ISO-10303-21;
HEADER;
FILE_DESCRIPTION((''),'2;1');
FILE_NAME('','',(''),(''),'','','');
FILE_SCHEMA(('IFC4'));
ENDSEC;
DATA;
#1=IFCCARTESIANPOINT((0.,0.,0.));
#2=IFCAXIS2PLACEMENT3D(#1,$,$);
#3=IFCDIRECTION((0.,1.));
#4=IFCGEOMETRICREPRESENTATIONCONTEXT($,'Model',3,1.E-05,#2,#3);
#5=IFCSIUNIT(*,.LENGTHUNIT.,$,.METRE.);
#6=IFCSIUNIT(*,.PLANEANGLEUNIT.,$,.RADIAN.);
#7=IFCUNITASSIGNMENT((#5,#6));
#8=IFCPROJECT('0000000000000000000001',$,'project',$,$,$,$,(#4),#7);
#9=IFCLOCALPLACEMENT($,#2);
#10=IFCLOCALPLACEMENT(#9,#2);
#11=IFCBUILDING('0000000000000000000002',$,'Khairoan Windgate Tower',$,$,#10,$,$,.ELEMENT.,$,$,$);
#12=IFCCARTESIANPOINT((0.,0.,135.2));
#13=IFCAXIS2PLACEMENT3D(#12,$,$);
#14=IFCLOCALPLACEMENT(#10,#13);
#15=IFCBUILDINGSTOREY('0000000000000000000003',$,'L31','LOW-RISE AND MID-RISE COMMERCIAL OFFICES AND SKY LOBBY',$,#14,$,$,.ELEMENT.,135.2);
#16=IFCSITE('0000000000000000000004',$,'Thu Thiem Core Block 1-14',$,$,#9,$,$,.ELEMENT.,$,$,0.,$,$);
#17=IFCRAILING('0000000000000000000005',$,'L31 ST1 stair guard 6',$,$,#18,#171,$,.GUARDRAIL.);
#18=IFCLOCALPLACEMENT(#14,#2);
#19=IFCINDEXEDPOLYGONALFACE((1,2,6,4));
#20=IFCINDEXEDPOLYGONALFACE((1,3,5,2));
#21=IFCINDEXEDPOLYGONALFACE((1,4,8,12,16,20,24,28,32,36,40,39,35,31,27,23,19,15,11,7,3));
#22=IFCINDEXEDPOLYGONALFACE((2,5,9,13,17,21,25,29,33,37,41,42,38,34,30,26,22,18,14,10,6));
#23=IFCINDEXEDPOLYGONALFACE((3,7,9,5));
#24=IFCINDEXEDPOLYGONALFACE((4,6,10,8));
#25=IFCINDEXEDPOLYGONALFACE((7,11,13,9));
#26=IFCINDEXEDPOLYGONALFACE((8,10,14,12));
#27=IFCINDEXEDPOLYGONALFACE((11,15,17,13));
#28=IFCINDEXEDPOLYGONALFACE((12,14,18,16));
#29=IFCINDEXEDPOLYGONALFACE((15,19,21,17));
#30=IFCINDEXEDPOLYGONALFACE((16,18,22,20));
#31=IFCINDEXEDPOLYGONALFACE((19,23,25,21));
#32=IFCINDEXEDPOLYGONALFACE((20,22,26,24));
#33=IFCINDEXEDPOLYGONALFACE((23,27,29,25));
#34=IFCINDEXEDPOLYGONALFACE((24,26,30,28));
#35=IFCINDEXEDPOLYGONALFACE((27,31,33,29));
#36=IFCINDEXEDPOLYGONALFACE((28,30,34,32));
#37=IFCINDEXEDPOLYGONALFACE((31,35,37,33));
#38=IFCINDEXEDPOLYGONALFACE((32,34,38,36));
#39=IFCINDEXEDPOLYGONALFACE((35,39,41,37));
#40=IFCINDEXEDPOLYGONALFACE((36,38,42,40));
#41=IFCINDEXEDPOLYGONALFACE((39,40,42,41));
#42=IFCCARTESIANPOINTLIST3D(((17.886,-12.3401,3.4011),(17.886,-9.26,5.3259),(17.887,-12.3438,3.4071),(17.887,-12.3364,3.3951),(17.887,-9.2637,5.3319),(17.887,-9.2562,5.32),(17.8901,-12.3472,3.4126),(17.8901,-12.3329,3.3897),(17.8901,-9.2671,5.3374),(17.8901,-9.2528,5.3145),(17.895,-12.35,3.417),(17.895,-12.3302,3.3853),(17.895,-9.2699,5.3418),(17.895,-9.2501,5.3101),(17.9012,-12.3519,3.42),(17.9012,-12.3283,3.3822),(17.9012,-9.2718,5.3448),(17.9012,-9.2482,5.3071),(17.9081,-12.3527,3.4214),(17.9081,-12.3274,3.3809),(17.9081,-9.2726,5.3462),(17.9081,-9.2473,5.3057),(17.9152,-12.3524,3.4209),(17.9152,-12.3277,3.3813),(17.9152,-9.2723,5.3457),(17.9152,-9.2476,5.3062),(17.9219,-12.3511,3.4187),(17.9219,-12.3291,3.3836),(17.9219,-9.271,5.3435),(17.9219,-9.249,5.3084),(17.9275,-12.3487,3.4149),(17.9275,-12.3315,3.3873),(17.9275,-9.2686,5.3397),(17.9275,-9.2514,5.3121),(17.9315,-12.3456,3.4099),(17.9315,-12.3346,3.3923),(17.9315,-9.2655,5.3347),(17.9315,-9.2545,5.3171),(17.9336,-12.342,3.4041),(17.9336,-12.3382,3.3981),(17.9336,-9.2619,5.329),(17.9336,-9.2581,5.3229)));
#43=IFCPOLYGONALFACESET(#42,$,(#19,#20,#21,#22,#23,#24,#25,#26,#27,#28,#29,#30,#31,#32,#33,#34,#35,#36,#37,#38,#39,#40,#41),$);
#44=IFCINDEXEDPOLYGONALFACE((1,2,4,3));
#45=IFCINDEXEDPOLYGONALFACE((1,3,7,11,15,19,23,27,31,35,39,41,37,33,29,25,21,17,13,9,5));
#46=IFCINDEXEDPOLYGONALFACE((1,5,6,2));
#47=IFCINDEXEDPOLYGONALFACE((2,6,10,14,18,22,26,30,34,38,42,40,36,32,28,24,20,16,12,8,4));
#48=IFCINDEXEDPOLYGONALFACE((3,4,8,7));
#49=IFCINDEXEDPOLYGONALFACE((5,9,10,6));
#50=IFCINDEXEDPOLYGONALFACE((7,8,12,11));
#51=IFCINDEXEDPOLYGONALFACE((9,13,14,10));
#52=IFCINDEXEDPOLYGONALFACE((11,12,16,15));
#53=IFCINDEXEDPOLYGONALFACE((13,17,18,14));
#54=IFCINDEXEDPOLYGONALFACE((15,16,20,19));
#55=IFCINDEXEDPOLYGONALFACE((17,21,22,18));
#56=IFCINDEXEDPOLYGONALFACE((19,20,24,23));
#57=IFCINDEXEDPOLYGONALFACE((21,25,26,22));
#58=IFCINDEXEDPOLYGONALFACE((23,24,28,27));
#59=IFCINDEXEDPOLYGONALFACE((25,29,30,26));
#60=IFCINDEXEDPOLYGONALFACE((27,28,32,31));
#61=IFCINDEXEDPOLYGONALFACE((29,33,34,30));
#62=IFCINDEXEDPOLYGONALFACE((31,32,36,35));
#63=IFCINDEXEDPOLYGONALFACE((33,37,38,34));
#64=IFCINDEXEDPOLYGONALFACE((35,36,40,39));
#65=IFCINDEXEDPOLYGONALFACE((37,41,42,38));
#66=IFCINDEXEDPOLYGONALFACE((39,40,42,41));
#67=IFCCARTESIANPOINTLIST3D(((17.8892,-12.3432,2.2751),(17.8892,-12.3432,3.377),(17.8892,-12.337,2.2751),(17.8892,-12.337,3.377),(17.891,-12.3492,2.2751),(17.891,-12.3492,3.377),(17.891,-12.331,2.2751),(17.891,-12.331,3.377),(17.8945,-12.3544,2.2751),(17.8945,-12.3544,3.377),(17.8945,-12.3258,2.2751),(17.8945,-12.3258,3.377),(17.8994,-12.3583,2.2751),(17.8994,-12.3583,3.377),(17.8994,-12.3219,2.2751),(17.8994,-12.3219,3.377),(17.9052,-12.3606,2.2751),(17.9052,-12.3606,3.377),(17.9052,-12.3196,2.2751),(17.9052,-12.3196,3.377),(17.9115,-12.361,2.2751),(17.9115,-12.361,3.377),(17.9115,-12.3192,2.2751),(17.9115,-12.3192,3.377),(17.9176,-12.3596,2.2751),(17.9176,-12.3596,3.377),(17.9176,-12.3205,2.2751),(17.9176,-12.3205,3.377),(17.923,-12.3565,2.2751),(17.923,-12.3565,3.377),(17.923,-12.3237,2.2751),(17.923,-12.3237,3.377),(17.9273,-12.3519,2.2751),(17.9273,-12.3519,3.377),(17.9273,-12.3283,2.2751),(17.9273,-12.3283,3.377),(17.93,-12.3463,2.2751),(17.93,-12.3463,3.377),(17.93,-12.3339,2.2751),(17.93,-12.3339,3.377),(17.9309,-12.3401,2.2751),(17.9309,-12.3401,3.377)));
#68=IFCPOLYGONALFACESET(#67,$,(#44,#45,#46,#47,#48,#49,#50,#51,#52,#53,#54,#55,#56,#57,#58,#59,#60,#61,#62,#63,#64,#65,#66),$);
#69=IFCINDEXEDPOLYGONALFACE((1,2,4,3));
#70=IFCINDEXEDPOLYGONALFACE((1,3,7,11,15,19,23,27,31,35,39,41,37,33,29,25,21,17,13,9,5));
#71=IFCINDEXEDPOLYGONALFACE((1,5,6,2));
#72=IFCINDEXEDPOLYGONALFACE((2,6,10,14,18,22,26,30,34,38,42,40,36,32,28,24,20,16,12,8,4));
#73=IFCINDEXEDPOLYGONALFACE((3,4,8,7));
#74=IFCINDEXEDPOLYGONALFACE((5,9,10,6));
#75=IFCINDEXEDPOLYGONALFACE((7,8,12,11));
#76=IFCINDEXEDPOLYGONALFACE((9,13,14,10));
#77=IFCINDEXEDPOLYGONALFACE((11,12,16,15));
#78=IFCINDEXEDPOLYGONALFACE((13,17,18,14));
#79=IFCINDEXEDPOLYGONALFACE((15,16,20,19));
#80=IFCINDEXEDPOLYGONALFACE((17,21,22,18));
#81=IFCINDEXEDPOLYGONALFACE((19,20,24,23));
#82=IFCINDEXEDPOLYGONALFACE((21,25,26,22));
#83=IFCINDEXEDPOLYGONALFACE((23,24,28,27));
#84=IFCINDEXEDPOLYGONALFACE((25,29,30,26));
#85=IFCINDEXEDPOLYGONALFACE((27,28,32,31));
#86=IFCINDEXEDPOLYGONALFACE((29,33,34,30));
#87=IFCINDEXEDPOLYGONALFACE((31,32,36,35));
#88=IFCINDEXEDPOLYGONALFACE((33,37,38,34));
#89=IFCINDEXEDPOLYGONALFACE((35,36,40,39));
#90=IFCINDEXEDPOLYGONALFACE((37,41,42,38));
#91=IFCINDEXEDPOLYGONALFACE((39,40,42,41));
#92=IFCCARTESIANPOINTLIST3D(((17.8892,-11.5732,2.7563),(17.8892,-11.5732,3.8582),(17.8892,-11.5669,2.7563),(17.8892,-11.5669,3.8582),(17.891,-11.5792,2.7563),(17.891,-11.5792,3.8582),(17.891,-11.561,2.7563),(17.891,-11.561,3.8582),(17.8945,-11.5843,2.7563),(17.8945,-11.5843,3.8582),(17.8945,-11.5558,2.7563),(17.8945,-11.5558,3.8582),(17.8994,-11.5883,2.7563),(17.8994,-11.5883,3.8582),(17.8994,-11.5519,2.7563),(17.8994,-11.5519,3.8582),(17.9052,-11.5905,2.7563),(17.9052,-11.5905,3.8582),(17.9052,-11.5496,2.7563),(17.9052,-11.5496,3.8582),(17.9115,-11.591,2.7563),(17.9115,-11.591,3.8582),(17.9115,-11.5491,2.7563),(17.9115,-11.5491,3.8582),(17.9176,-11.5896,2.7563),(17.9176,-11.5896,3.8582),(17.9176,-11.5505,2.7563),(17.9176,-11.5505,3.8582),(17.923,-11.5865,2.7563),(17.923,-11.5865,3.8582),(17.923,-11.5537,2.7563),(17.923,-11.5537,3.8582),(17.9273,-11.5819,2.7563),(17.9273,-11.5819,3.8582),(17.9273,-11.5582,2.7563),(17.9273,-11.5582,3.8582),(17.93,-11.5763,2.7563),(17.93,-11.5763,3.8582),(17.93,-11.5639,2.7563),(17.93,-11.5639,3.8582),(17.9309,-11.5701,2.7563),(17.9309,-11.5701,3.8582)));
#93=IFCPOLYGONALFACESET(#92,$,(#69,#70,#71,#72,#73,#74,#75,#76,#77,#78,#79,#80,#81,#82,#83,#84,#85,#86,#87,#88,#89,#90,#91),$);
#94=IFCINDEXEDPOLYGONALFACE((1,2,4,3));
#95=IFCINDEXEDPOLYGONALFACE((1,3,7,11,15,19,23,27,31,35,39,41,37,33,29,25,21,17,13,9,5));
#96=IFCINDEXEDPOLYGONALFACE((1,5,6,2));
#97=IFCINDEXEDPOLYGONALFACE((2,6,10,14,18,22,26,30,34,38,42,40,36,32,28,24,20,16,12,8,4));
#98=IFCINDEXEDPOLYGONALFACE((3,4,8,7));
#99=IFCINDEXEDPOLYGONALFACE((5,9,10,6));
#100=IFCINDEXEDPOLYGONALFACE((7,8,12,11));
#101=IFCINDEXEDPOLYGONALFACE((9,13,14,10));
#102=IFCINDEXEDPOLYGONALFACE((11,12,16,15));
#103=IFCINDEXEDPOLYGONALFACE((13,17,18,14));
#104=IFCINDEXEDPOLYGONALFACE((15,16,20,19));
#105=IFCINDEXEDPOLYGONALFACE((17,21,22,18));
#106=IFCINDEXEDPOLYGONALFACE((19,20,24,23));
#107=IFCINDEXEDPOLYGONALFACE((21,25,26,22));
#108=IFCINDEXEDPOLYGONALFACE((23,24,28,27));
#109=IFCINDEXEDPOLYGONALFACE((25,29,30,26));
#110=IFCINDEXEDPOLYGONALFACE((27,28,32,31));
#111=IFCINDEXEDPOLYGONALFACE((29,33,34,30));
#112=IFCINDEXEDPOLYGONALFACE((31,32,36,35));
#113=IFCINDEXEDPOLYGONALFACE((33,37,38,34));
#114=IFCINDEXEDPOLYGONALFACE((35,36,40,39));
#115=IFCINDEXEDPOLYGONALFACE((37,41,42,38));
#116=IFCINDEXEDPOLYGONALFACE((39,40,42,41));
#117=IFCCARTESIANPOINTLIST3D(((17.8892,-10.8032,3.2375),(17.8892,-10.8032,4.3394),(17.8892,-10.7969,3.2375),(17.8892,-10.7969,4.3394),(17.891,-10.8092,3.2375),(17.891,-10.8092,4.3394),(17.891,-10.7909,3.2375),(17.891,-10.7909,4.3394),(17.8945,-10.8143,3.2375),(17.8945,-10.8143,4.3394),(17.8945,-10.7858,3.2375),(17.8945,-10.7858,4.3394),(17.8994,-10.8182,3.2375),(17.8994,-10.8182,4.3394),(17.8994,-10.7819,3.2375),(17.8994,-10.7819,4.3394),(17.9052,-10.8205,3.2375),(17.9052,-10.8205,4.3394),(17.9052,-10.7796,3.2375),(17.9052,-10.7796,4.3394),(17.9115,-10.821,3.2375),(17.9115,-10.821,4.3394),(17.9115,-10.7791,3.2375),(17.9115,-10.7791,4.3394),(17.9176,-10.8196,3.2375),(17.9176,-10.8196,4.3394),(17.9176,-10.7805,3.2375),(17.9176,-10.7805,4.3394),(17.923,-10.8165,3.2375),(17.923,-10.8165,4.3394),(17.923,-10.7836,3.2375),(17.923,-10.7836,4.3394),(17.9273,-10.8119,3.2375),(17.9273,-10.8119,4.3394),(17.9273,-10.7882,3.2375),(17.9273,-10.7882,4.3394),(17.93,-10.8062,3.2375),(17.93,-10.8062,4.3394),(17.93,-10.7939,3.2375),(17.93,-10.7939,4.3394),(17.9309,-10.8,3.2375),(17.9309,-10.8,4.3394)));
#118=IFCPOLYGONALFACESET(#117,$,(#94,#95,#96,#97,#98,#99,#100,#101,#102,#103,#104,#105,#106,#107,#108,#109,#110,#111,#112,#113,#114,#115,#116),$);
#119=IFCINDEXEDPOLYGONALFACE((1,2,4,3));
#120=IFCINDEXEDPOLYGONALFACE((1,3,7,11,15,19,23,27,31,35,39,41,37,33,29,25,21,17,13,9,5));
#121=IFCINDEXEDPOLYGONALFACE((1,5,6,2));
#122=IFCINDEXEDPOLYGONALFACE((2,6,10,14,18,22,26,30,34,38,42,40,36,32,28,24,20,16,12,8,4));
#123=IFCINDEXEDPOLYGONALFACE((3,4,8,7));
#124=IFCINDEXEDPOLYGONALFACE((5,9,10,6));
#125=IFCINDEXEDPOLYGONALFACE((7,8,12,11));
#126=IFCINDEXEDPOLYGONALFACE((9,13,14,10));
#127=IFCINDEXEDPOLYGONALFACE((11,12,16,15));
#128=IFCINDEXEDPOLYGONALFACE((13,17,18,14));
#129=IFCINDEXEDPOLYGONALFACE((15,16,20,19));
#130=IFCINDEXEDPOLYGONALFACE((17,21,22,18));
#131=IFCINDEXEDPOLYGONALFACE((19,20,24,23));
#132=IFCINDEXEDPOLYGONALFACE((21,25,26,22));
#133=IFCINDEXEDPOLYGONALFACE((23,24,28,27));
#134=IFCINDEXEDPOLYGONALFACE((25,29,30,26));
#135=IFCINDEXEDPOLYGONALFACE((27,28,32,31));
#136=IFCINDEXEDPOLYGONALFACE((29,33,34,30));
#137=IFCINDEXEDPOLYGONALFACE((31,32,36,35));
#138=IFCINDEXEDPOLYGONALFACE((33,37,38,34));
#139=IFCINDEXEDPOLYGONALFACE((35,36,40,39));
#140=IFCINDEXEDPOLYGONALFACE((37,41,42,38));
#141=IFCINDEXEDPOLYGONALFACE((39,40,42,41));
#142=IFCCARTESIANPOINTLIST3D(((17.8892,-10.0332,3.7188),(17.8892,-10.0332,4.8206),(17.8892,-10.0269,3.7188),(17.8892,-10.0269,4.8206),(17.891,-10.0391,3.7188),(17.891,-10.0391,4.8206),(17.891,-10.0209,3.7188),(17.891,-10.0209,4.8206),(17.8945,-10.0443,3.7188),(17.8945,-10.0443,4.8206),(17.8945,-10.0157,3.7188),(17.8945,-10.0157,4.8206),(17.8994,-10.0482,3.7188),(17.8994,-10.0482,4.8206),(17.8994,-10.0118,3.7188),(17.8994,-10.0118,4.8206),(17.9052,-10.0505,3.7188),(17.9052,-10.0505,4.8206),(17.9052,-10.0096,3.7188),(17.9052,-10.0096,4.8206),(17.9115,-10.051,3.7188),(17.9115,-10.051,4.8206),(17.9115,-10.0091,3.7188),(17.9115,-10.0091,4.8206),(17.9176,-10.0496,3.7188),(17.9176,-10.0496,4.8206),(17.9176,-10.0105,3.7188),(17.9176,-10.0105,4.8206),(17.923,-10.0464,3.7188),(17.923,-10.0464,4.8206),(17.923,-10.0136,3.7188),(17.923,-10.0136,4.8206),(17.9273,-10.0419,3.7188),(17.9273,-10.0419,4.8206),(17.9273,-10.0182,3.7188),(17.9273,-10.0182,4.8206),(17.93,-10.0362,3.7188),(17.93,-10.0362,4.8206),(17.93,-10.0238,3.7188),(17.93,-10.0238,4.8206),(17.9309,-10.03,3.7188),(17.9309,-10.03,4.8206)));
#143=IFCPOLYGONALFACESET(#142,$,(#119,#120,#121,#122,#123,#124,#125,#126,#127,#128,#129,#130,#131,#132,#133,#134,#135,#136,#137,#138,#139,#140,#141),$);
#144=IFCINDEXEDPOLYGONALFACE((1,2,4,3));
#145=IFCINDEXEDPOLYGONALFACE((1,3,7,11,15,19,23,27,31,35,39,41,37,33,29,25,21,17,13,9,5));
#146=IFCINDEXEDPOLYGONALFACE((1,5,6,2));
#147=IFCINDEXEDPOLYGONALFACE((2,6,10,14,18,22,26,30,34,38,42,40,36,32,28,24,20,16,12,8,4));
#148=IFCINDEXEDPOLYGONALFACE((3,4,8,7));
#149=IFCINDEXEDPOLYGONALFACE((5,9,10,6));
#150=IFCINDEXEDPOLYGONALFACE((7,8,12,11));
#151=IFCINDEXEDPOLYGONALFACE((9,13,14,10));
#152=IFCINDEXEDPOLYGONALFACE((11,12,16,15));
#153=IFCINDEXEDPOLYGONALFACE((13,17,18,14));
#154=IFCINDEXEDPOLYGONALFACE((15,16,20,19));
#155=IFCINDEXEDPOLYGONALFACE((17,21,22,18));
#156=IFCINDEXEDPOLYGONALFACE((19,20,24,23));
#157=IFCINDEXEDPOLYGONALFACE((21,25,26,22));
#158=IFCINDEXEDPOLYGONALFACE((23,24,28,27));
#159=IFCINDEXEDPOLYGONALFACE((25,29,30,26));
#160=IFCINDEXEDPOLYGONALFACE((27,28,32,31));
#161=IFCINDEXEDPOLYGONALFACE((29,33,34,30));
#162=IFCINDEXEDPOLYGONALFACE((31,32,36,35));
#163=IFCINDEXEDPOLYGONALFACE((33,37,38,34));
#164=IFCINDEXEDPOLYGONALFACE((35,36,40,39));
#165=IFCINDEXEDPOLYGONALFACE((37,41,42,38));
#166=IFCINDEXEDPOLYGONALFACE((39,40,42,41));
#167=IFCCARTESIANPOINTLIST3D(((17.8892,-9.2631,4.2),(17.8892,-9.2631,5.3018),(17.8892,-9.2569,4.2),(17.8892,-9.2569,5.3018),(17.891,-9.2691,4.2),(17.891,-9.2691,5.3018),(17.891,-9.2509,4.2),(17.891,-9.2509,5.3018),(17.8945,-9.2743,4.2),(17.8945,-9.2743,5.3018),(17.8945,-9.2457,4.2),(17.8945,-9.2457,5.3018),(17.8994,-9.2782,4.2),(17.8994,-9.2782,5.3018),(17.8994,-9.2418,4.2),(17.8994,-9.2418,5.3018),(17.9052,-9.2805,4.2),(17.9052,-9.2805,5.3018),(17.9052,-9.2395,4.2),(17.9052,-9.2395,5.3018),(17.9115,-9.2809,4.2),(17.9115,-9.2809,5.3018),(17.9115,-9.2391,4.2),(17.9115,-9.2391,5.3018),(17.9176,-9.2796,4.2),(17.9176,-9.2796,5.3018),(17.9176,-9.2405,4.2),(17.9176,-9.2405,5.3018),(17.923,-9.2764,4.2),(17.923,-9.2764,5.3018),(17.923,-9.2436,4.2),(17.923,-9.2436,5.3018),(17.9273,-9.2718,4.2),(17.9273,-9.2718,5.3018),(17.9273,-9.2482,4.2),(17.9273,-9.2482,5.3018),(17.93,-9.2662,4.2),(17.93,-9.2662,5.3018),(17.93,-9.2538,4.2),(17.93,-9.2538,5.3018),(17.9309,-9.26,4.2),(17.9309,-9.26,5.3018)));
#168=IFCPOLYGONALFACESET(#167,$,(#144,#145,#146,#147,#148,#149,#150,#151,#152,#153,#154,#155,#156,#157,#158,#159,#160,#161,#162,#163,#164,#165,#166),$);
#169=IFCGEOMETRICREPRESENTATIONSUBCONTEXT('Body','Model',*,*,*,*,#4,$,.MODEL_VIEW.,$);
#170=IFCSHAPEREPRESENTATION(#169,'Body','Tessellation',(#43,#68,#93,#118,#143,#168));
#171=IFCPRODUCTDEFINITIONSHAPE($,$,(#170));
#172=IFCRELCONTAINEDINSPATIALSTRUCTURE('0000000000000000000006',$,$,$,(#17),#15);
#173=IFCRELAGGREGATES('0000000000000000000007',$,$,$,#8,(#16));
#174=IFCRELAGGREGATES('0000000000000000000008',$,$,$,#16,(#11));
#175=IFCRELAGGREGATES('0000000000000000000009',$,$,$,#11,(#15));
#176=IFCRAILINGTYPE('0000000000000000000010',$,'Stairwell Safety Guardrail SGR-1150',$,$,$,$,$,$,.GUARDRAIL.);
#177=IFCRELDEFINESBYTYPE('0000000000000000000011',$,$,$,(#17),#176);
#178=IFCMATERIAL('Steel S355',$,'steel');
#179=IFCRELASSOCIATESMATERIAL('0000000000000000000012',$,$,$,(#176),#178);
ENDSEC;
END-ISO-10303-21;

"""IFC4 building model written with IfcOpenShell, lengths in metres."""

from ifc_helpers import new_model, si_unit, direction, frame, origin, origin_2d, place, context, subcontext, project, spatial, circle, extrude, material, type_object, element, save


model = new_model("IFC4")

# Units and contexts
model_context = context("Model", 3, precision=1e-05, world=origin(), true_north=direction((0.0, 1.0)))
body_context = subcontext(model_context, "Body", "Model", "MODEL_VIEW")
ifc_project = project(units=[si_unit("LENGTHUNIT", "METRE"), si_unit("PLANEANGLEUNIT", "RADIAN")], contexts=[model_context])

# Site, building, storey
site_placement = place(None, origin())
site = spatial("IfcSite", under=ifc_project, at=site_placement, Name="Thu Thiem Core Block 1-14", CompositionType="ELEMENT", RefElevation=0.0)
building_placement = place(site_placement, origin())
building = spatial("IfcBuilding", under=site, at=building_placement, Name="Khairoan Windgate Tower", CompositionType="ELEMENT")
storey_placement = place(building_placement, frame((0.0, 0.0, 135.2)))
storey = spatial("IfcBuildingStorey", under=building, at=storey_placement, Name="L31", Description="LOW-RISE AND MID-RISE COMMERCIAL OFFICES AND SKY LOBBY", CompositionType="ELEMENT", Elevation=135.2)

# Railing
ifc_material_1 = material(Name="Steel S355", Category="steel")
railing_type = type_object("IfcRailingType", Name="Stairwell Safety Guardrail SGR-1150", PredefinedType="GUARDRAIL", material=ifc_material_1)
railing_1_placement = place(storey_placement, frame((17.9099, -12.3401, 2.2751)))
element("IfcRailing", 1, at=railing_1_placement, inside=storey, type_object=railing_type, Name="L31 ST1 stair guard 6", PredefinedType="GUARDRAIL", context=body_context, shape_type="SweptSolid", body=[
    extrude(circle(Radius=0.0239, at=origin_2d()), frame((0.0, 0.0, 1.126), z_axis=(0.0, 0.848029, 0.529951), x_axis=(-1.0, 0.0, 0.0)), (0.0, 0.0, 1.0), 3.6321),
    extrude(circle(Radius=0.021, at=origin_2d()), origin(), (0.0, 0.0, 1.0), 1.1018),
    extrude(circle(Radius=0.021, at=origin_2d()), frame((0.0, 0.77, 0.4812)), (0.0, 0.0, 1.0), 1.1018),
    extrude(circle(Radius=0.021, at=origin_2d()), frame((0.0, 1.54, 0.9624)), (0.0, 0.0, 1.0), 1.1018),
    extrude(circle(Radius=0.021, at=origin_2d()), frame((0.0, 2.3101, 1.4436)), (0.0, 0.0, 1.0), 1.1018),
    extrude(circle(Radius=0.021, at=origin_2d()), frame((0.0, 3.0801, 1.9248)), (0.0, 0.0, 1.0), 1.1018),
])

save(model, "model.ifc")
